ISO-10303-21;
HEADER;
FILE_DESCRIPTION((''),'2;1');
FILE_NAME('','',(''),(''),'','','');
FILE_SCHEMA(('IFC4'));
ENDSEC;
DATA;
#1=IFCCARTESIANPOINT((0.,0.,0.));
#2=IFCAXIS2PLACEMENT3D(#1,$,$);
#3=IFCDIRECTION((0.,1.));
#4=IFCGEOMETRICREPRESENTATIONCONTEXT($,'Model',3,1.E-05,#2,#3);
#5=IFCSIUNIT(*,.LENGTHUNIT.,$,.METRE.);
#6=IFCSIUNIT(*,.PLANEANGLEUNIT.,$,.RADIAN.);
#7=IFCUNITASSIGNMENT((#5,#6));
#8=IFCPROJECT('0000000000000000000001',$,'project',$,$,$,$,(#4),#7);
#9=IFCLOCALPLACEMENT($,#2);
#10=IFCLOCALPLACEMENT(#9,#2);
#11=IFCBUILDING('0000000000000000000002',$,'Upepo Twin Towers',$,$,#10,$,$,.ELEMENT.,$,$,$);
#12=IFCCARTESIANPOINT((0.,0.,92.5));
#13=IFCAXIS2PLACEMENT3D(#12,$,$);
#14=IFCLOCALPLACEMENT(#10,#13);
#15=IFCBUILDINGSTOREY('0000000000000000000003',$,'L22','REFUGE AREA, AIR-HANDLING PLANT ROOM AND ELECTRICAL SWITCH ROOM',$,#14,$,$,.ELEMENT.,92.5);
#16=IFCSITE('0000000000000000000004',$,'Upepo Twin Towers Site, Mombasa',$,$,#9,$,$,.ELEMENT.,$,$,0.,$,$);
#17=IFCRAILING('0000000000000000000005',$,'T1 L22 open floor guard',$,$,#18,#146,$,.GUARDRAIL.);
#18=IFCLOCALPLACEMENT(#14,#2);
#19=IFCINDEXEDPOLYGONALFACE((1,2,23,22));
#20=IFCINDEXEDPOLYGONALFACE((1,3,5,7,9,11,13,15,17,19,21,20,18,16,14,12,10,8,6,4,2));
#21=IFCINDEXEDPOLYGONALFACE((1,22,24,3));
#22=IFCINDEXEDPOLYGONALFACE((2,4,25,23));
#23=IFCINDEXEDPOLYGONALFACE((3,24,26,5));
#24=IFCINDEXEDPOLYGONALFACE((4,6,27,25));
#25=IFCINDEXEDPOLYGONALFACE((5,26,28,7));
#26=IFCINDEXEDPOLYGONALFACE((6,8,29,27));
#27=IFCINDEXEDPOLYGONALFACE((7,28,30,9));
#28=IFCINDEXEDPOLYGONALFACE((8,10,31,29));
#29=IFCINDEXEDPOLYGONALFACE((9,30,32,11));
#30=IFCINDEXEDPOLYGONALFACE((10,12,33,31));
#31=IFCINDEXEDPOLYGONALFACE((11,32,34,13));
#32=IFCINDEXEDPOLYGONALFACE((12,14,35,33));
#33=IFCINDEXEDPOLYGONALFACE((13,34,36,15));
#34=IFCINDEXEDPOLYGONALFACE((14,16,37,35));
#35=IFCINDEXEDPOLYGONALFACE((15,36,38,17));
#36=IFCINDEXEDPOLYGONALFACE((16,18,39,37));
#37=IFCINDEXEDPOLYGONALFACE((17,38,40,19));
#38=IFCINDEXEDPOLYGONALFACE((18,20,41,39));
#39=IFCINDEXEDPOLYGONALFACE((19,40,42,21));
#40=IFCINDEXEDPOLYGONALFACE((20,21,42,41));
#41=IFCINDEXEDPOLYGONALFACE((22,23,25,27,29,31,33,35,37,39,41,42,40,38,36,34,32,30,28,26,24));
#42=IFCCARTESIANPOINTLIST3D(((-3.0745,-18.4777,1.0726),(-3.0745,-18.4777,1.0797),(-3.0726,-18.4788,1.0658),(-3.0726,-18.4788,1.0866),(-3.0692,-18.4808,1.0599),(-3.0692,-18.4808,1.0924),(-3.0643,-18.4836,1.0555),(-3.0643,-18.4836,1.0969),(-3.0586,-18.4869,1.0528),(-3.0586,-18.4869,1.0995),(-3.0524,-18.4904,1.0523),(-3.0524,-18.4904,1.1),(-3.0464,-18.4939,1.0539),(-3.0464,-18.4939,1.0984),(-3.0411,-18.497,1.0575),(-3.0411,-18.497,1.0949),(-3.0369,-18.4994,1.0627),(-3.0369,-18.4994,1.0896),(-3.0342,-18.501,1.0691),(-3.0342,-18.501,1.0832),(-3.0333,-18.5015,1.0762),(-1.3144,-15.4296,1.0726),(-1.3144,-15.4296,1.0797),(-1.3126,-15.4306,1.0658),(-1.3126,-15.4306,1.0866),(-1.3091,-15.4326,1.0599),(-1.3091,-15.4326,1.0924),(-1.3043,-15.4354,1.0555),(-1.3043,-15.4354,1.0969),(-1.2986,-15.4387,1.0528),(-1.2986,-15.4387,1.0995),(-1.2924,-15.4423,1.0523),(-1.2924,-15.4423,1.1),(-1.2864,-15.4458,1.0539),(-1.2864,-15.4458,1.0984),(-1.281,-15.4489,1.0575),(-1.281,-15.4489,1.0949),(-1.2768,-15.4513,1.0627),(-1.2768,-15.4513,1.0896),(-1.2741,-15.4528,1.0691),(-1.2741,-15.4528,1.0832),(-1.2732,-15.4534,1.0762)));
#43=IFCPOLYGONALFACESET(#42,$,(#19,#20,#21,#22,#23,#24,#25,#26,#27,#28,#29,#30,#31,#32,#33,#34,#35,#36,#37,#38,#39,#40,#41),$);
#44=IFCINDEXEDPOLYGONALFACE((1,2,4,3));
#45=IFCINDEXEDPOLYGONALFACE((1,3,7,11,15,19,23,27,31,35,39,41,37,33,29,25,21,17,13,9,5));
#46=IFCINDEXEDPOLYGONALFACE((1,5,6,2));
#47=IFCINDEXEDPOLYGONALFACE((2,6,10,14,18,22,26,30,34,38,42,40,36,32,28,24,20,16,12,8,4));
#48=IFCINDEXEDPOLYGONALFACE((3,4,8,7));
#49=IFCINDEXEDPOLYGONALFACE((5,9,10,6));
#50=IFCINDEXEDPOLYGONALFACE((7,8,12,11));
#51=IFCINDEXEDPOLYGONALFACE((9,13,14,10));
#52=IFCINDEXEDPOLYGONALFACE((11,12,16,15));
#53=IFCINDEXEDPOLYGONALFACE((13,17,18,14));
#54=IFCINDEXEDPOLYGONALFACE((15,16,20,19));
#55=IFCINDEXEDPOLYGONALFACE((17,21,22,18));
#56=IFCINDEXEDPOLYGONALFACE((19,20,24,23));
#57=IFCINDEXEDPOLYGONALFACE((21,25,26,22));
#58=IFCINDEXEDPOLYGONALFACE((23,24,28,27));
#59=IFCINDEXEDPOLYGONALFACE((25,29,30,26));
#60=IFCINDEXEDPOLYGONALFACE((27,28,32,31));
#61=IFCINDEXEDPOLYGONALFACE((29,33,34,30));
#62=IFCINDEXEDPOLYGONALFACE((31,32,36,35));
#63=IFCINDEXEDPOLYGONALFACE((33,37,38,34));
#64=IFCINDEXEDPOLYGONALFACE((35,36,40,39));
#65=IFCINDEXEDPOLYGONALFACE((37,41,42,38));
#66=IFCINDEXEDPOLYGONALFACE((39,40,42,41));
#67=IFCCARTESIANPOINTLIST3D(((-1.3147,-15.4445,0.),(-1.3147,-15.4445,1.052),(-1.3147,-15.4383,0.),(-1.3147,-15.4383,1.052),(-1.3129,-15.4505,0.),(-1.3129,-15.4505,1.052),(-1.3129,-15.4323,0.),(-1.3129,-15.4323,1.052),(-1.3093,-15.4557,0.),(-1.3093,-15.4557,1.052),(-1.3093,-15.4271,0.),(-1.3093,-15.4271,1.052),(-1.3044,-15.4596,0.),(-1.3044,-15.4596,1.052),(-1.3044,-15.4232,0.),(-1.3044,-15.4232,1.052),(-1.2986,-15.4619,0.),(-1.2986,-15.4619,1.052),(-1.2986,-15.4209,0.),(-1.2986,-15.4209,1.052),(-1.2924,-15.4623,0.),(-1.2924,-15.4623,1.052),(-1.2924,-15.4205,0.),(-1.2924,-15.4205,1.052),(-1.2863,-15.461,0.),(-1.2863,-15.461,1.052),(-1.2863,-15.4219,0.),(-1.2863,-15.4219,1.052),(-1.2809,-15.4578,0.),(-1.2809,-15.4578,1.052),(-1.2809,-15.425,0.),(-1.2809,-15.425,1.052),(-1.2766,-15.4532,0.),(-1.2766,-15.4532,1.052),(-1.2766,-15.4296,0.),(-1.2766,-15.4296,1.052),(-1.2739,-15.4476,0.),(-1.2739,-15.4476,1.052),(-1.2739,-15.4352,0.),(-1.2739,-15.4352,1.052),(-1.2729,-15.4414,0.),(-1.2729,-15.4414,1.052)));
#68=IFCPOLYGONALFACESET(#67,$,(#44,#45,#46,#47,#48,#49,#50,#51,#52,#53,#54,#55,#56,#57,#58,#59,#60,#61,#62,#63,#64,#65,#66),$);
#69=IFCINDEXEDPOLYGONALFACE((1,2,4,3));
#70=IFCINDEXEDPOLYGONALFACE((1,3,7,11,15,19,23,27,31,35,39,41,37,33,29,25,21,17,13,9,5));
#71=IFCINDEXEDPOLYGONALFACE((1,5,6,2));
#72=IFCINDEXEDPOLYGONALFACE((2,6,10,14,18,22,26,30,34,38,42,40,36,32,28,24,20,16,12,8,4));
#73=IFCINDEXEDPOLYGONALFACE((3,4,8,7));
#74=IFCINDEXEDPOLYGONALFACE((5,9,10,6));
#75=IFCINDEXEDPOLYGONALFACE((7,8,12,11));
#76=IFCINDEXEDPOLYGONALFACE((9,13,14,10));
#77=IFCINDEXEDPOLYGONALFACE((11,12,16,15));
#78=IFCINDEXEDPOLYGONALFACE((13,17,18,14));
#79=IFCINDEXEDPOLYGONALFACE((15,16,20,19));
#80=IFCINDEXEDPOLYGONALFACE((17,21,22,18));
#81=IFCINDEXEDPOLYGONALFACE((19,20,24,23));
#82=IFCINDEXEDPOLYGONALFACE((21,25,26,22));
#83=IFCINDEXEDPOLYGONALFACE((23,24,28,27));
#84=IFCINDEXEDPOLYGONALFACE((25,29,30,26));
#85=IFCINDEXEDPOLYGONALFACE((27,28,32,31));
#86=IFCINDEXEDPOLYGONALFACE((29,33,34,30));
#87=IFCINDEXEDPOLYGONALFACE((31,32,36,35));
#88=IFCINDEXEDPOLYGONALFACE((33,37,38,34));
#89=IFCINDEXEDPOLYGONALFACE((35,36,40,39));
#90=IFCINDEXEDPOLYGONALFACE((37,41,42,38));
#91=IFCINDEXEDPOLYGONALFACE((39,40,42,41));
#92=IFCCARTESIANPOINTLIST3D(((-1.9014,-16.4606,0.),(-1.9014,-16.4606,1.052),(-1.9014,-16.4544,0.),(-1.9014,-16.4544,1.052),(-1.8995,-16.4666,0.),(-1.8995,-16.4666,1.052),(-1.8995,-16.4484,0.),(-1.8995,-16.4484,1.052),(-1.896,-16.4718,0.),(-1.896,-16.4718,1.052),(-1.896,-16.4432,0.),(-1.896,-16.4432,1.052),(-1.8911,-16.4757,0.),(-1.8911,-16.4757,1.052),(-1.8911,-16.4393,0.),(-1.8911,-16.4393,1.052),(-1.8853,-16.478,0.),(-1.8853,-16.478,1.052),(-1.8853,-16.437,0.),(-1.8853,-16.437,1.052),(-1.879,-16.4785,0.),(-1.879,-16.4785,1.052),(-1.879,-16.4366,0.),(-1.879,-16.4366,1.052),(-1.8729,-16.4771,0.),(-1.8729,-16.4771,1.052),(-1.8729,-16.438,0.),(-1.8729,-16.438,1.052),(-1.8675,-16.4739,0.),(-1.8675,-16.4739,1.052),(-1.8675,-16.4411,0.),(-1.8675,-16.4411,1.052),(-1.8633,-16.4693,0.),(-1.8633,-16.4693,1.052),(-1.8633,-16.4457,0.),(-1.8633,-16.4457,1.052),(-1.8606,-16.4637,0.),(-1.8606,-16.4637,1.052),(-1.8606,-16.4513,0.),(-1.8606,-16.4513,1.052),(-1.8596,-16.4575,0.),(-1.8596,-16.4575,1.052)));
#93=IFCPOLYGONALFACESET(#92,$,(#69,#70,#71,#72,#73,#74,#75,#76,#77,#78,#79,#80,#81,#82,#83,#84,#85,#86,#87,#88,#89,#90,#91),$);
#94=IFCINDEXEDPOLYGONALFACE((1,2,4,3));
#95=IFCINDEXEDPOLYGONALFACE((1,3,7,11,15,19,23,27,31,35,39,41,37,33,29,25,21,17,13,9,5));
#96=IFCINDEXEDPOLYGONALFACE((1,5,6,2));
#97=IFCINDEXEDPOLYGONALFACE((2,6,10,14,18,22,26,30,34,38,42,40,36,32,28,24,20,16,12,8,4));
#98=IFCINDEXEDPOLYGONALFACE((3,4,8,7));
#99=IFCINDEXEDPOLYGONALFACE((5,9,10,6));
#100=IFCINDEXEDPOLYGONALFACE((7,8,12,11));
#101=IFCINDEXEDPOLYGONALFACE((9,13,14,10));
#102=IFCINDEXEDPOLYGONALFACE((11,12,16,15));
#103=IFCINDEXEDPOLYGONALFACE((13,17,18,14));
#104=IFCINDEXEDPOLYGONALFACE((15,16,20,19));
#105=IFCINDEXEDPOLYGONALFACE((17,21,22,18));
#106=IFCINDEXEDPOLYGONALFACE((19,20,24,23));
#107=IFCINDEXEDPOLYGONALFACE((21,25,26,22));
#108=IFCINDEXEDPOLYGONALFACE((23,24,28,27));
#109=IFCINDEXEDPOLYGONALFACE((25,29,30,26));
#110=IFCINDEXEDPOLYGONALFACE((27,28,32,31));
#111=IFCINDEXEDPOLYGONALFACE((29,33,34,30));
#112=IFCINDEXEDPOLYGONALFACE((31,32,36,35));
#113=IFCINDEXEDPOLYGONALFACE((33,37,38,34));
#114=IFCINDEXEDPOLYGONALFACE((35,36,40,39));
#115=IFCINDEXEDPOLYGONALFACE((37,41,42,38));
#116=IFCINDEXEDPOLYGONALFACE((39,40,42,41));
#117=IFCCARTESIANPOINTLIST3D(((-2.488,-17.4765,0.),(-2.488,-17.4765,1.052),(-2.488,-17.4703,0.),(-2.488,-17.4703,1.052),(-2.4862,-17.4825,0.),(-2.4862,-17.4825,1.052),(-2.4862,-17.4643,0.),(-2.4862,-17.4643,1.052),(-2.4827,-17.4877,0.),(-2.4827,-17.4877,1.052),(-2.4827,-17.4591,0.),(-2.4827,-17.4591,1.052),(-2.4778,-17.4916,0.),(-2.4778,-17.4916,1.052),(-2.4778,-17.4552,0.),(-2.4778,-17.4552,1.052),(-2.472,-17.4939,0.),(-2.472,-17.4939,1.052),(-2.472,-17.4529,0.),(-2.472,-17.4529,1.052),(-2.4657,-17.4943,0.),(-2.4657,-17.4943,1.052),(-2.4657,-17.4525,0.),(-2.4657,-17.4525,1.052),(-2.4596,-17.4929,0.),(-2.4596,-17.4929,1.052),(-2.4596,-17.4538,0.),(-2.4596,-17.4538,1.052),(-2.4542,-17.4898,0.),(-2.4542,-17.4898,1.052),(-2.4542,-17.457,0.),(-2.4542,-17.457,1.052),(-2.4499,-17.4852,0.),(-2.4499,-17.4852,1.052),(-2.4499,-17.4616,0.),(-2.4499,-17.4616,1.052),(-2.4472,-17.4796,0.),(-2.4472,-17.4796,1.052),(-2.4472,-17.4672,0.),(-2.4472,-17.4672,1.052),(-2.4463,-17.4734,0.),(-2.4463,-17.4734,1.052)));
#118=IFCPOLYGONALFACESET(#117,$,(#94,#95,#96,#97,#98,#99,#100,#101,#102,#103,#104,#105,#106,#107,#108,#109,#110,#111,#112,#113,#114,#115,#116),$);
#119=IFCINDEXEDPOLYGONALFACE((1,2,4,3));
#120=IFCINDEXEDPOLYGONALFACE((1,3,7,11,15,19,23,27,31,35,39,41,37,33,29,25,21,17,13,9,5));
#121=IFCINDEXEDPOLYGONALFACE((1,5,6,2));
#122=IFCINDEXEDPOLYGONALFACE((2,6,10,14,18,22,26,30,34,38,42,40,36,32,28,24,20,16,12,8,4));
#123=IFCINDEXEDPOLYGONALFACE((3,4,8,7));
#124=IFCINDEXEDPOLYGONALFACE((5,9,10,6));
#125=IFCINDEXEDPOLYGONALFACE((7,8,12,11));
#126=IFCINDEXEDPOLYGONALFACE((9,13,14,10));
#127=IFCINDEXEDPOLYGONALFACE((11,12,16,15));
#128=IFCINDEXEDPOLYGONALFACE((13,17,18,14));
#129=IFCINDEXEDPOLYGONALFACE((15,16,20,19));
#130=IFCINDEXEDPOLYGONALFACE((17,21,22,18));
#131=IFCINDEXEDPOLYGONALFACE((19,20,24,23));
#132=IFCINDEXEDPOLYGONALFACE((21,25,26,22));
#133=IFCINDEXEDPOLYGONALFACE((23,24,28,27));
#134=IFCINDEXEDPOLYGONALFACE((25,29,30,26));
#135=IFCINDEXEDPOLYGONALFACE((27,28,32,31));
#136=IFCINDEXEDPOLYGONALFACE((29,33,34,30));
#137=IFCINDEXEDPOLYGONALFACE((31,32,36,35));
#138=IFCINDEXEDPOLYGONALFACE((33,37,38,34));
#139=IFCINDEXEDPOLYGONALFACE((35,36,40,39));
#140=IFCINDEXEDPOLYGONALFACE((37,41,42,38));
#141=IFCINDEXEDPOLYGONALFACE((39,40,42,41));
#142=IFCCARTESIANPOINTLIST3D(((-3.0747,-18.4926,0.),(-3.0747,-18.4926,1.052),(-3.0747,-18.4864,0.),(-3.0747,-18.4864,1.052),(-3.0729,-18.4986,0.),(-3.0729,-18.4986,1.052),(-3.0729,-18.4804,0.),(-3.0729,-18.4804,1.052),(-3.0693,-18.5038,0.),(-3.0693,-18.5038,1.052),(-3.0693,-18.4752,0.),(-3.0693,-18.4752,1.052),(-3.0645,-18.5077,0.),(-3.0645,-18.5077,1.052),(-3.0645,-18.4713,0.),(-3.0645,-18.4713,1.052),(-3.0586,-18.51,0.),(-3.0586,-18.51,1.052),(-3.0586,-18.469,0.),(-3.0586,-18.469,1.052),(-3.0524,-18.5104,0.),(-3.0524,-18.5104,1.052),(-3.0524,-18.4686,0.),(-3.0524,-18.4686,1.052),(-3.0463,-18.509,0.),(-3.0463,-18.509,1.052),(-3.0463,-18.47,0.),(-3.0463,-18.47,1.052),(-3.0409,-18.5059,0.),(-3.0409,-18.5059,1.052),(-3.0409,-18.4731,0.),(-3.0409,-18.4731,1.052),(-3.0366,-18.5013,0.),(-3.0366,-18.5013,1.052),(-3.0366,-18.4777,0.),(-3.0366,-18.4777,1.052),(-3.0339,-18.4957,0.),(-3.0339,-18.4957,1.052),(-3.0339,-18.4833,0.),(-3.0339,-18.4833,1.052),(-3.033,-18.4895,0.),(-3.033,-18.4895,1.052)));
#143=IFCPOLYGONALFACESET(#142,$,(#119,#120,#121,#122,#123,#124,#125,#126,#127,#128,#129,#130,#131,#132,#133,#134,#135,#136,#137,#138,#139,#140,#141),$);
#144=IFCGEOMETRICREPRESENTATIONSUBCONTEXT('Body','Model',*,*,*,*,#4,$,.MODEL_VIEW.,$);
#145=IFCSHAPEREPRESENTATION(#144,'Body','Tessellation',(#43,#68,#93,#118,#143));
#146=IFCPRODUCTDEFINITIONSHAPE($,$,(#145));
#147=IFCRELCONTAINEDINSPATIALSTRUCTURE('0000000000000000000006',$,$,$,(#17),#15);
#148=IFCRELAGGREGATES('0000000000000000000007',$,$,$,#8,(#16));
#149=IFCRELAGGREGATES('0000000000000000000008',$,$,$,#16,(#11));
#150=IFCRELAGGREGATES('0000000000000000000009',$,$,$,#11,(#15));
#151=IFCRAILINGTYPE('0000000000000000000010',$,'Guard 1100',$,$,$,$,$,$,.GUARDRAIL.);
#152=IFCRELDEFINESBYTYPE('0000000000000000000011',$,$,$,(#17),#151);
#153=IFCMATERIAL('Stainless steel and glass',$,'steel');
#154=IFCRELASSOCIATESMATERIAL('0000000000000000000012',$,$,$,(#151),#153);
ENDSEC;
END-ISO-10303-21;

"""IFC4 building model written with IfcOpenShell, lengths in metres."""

from ifc_helpers import new_model, si_unit, direction, frame, origin, origin_2d, place, context, subcontext, project, spatial, circle, extrude, material, type_object, element, save


model = new_model("IFC4")

# Units and contexts
model_context = context("Model", 3, precision=1e-05, world=origin(), true_north=direction((0.0, 1.0)))
body_context = subcontext(model_context, "Body", "Model", "MODEL_VIEW")
ifc_project = project(units=[si_unit("LENGTHUNIT", "METRE"), si_unit("PLANEANGLEUNIT", "RADIAN")], contexts=[model_context])

# Site, building, storey
site_placement = place(None, origin())
site = spatial("IfcSite", under=ifc_project, at=site_placement, Name="Upepo Twin Towers Site, Mombasa", CompositionType="ELEMENT", RefElevation=0.0)
building_placement = place(site_placement, origin())
building = spatial("IfcBuilding", under=site, at=building_placement, Name="Upepo Twin Towers", CompositionType="ELEMENT")
storey_placement = place(building_placement, frame((0.0, 0.0, 92.5)))
storey = spatial("IfcBuildingStorey", under=building, at=storey_placement, Name="L22", Description="REFUGE AREA, AIR-HANDLING PLANT ROOM AND ELECTRICAL SWITCH ROOM", CompositionType="ELEMENT", Elevation=92.5)

# Railing
ifc_material_1 = material(Name="Stainless steel and glass", Category="steel")
railing_type = type_object("IfcRailingType", Name="Guard 1100", PredefinedType="GUARDRAIL", material=ifc_material_1)
for number, where, name in (
    (1, (-1.2939, -15.4414, 0.0), "T1 L22 open floor guard"),
):
    element("IfcRailing", number, at=place(storey_placement, frame(where)), inside=storey, type_object=railing_type, Name=name, PredefinedType="GUARDRAIL", context=body_context, shape_type="SweptSolid", body=[
        extrude(circle(Radius=0.0239, at=origin_2d()), frame((0.0, 0.0, 1.0762), z_axis=(-0.500041, -0.866002, 0.0), x_axis=(0.866002, -0.500041, 0.0)), (0.0, 0.0, 1.0), 3.5198),
        extrude(circle(Radius=0.021, at=origin_2d()), origin(), (0.0, 0.0, 1.0), 1.052),
        extrude(circle(Radius=0.021, at=origin_2d()), frame((-0.5867, -1.0161, 0.0)), (0.0, 0.0, 1.0), 1.052),
        extrude(circle(Radius=0.021, at=origin_2d()), frame((-1.1733, -2.032, 0.0)), (0.0, 0.0, 1.0), 1.052),
        extrude(circle(Radius=0.021, at=origin_2d()), frame((-1.76, -3.0481, 0.0)), (0.0, 0.0, 1.0), 1.052),
    ])

save(model, "model.ifc")
